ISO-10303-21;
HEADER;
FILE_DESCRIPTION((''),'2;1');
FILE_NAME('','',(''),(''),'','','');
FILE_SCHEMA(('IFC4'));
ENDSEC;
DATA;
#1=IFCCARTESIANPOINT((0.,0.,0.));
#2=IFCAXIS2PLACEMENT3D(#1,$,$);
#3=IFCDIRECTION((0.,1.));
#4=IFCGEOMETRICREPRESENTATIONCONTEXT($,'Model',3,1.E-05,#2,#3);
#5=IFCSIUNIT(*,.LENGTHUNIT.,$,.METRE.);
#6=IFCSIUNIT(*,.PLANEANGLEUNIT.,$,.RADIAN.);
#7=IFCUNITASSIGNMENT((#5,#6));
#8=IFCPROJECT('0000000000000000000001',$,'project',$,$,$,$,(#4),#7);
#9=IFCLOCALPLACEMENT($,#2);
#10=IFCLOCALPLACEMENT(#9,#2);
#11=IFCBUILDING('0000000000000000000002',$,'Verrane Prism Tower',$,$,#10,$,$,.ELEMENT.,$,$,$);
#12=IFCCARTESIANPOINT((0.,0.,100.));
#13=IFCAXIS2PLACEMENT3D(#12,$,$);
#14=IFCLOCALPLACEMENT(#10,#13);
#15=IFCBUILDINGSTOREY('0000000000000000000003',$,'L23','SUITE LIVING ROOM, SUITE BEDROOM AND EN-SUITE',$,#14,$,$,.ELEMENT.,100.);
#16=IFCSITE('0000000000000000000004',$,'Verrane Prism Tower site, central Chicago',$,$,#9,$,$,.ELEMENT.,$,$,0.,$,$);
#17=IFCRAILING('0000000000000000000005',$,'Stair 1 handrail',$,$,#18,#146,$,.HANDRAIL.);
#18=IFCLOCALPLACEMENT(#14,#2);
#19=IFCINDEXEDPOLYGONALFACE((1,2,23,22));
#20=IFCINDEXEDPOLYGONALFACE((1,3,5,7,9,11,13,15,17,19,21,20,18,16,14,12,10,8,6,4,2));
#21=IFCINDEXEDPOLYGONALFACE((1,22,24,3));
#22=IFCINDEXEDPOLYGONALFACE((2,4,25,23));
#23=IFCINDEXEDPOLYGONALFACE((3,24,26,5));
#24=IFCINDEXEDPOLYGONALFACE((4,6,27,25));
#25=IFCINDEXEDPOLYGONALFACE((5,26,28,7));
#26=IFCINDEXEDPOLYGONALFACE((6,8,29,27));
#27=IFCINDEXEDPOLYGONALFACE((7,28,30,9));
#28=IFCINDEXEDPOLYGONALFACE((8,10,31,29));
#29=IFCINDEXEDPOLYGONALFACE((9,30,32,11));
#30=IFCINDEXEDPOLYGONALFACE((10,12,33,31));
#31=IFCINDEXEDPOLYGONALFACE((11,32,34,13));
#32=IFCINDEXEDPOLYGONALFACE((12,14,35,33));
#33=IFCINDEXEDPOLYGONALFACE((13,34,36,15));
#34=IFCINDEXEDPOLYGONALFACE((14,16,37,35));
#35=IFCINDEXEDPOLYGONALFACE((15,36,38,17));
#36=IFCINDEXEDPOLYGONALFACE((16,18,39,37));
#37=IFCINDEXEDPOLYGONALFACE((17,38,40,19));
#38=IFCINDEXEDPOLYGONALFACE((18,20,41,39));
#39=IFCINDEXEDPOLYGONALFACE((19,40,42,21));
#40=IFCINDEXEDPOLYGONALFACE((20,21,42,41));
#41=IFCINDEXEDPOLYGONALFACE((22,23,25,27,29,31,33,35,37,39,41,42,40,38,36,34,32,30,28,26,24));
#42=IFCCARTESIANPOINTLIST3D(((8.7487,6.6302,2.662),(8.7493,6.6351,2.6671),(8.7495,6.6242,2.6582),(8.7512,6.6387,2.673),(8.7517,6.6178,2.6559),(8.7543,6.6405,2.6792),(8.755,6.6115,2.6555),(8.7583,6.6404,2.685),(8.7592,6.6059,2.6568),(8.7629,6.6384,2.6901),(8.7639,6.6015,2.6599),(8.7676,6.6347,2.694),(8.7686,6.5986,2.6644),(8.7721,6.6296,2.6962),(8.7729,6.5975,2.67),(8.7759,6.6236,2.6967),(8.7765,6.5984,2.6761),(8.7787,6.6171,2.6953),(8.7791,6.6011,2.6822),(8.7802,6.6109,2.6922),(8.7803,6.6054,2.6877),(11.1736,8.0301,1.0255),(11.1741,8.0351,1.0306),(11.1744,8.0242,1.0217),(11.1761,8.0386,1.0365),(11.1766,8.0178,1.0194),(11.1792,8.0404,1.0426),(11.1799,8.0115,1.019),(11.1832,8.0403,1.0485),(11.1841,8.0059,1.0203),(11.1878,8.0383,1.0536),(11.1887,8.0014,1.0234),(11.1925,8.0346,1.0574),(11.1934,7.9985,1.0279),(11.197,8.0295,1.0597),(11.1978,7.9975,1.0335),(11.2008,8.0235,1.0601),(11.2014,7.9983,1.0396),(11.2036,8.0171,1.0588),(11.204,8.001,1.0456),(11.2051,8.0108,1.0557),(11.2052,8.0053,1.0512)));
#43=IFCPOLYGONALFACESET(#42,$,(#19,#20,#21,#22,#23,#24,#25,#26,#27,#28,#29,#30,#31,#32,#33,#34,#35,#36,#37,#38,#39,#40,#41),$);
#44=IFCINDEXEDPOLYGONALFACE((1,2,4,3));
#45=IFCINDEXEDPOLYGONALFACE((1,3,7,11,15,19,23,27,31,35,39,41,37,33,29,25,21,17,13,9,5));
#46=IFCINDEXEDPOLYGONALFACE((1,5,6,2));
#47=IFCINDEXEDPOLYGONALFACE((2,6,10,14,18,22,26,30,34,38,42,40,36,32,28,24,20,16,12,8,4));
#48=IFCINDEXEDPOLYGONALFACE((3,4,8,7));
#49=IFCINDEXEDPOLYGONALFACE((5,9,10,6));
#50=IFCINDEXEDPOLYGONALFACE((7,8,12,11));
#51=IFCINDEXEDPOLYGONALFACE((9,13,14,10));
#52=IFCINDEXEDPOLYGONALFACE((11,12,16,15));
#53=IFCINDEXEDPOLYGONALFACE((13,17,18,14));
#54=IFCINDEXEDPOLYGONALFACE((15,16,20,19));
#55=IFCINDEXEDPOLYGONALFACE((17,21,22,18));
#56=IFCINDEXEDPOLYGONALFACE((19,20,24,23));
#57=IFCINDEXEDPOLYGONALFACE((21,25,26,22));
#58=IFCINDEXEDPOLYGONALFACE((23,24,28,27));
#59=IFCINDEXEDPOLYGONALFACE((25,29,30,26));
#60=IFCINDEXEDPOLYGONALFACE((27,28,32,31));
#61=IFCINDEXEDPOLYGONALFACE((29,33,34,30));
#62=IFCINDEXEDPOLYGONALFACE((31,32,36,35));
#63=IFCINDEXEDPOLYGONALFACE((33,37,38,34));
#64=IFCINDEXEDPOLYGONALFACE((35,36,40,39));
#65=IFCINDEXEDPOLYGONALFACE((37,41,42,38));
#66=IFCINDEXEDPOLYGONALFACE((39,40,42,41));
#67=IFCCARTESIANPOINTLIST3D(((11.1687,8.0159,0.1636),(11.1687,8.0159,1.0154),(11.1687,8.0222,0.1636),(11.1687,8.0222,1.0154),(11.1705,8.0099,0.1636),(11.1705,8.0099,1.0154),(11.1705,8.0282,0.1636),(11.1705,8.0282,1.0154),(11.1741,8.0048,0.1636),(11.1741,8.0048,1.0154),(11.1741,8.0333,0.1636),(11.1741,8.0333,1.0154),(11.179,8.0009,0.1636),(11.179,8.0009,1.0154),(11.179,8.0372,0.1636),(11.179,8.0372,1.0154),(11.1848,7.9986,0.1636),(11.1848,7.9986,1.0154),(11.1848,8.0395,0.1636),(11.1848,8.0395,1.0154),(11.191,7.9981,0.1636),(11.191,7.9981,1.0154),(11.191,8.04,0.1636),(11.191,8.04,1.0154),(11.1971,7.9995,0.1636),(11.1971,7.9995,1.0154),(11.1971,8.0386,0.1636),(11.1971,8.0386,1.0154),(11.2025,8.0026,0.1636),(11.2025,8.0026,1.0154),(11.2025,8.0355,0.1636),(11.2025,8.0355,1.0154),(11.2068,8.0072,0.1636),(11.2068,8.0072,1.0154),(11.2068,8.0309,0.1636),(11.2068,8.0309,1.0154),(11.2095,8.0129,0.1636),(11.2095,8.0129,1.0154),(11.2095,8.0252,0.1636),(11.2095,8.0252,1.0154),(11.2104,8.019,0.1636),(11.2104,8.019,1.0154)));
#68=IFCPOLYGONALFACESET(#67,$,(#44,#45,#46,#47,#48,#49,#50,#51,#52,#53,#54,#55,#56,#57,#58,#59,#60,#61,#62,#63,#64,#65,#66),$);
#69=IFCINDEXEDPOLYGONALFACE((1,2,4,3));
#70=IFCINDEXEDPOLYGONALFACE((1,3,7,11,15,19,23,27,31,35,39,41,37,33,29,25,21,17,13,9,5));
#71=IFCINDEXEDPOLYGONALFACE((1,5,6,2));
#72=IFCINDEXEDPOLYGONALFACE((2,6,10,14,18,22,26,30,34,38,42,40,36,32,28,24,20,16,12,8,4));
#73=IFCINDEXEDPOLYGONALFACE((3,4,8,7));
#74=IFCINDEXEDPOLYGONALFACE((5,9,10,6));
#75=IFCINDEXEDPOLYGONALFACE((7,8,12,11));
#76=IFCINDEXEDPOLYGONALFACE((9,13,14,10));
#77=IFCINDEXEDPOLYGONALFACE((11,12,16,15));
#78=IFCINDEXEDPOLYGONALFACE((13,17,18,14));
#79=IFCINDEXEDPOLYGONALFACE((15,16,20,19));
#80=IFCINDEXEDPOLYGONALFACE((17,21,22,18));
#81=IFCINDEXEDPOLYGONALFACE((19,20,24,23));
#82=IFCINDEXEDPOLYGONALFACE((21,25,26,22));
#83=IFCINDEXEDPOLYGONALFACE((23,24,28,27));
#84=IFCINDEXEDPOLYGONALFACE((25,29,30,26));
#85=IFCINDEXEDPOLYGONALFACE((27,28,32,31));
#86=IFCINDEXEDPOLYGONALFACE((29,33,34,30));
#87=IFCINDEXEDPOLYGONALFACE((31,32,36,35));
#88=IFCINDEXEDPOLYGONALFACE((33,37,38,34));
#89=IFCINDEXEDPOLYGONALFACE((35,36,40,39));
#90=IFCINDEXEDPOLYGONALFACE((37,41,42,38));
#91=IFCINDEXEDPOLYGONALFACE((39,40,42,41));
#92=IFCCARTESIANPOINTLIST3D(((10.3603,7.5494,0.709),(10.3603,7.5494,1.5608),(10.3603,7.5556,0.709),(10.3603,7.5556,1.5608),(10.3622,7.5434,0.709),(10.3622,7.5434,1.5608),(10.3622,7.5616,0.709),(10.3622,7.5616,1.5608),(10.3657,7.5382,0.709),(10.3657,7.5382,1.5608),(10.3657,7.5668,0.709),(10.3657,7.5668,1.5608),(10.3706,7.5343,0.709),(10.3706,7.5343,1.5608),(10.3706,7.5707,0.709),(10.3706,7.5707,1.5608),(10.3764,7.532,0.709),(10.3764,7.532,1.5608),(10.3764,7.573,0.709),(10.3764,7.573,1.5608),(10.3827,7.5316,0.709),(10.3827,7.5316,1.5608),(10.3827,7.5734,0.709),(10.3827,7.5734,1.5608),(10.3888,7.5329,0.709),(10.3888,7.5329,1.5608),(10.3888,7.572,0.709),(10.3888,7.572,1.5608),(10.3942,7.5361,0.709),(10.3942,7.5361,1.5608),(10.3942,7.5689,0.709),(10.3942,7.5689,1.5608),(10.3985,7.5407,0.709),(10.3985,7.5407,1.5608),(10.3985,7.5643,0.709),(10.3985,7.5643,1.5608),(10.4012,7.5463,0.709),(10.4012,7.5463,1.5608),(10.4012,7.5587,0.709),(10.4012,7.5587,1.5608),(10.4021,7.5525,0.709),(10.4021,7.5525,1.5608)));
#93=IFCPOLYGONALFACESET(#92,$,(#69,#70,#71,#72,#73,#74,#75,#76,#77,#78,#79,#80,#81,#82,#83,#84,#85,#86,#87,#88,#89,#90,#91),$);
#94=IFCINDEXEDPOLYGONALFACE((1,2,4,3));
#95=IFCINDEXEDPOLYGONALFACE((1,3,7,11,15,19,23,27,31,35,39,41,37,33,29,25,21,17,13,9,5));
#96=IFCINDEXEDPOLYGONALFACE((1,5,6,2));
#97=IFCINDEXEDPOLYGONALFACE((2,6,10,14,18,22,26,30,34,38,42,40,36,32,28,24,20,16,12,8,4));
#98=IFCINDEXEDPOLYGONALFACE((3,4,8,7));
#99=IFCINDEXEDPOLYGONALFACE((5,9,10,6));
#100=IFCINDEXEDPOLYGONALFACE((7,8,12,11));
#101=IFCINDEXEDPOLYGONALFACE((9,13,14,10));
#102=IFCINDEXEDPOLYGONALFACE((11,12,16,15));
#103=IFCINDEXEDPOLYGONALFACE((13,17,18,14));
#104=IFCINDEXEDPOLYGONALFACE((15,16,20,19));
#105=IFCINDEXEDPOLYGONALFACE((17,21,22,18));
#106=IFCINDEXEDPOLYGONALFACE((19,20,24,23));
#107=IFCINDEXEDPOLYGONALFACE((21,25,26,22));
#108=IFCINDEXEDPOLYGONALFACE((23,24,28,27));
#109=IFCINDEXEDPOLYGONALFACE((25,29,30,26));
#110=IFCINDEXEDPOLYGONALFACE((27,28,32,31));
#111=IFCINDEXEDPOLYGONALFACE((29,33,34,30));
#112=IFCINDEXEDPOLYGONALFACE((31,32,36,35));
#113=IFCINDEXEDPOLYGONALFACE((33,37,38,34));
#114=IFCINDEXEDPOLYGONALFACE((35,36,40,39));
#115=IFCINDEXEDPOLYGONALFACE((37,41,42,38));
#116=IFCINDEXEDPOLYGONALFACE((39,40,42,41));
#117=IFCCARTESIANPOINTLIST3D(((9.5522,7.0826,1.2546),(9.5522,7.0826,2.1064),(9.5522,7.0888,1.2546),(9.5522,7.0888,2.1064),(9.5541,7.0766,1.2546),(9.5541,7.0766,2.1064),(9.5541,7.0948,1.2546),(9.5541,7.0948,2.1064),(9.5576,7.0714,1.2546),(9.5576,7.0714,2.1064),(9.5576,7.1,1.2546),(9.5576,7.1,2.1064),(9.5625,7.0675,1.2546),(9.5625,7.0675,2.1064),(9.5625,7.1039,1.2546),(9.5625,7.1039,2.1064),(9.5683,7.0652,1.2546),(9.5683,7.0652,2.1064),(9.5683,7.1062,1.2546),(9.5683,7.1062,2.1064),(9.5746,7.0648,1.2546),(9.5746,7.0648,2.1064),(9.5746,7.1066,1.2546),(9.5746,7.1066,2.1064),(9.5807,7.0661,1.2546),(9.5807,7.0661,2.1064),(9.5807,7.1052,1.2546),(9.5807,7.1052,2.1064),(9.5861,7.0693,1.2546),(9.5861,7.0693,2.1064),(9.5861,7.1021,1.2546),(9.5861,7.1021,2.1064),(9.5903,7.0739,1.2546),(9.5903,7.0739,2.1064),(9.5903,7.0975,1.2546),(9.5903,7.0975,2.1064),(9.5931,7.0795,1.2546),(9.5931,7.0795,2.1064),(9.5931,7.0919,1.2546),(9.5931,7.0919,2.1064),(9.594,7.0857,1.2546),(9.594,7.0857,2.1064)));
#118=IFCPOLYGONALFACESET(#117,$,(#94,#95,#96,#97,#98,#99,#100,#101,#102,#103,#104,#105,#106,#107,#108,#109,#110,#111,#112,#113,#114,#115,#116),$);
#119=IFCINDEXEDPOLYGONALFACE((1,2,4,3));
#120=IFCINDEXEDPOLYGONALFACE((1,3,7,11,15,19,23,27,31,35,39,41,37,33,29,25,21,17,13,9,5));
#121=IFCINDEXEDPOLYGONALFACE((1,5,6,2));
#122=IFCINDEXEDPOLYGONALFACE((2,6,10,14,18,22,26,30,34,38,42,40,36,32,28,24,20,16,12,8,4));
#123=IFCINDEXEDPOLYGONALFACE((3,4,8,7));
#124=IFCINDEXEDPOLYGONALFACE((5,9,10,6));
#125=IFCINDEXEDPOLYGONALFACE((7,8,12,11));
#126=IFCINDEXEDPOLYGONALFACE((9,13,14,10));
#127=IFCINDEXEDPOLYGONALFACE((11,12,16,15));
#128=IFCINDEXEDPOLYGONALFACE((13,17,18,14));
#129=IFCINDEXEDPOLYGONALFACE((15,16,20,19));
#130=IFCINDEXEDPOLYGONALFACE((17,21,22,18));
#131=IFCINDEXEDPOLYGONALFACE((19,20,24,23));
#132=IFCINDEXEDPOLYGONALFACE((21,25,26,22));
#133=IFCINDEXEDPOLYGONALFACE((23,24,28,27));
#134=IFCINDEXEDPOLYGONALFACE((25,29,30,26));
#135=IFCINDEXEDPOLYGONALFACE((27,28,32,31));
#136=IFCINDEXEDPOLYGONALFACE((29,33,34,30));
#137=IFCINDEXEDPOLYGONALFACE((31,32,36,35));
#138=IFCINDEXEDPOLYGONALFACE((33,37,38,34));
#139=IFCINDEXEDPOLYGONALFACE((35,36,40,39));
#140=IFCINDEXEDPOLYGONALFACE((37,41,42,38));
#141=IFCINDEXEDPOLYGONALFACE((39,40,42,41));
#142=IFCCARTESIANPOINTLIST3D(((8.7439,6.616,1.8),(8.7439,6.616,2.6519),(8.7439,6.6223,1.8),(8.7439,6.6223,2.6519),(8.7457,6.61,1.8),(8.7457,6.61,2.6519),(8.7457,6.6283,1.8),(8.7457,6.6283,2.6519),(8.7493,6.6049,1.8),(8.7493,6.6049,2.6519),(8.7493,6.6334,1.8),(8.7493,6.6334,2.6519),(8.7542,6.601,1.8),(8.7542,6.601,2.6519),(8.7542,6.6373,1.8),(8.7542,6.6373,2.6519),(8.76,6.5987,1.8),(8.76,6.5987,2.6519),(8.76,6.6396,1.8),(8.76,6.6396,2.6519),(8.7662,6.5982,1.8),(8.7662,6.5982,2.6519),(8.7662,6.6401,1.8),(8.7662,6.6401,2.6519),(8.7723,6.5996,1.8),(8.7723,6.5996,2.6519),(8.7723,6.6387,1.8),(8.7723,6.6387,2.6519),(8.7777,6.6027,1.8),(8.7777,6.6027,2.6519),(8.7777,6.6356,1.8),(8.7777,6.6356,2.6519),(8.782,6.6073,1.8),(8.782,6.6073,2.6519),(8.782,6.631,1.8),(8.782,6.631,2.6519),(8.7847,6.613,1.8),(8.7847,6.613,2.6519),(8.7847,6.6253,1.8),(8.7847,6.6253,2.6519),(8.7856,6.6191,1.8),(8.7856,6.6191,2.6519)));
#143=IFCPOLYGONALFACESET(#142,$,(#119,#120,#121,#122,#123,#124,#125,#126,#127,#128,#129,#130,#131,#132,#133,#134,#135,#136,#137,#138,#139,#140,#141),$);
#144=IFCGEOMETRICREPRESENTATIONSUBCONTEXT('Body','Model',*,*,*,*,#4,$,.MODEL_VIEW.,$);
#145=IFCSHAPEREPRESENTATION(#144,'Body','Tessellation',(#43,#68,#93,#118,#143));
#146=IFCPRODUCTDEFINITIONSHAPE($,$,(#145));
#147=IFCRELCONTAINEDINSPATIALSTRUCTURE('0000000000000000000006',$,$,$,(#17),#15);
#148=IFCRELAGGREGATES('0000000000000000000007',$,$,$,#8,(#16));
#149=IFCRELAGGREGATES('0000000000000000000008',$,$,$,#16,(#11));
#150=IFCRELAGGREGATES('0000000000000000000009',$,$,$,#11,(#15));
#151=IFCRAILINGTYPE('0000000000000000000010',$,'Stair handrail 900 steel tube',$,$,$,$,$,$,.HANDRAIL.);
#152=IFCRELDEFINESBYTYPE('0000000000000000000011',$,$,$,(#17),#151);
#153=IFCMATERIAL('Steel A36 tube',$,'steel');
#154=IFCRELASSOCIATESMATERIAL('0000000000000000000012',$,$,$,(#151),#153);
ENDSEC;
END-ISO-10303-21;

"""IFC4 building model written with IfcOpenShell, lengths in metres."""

from ifc_helpers import new_model, si_unit, direction, frame, origin, origin_2d, place, context, subcontext, project, spatial, circle, extrude, material, type_object, element, save


model = new_model("IFC4")

# Units and contexts
model_context = context("Model", 3, precision=1e-05, world=origin(), true_north=direction((0.0, 1.0)))
body_context = subcontext(model_context, "Body", "Model", "MODEL_VIEW")
ifc_project = project(units=[si_unit("LENGTHUNIT", "METRE"), si_unit("PLANEANGLEUNIT", "RADIAN")], contexts=[model_context])

# Site, building, storey
site_placement = place(None, origin())
site = spatial("IfcSite", under=ifc_project, at=site_placement, Name="Verrane Prism Tower site, central Chicago", CompositionType="ELEMENT", RefElevation=0.0)
building_placement = place(site_placement, origin())
building = spatial("IfcBuilding", under=site, at=building_placement, Name="Verrane Prism Tower", CompositionType="ELEMENT")
storey_placement = place(building_placement, frame((0.0, 0.0, 100.0)))
storey = spatial("IfcBuildingStorey", under=building, at=storey_placement, Name="L23", Description="SUITE LIVING ROOM, SUITE BEDROOM AND EN-SUITE", CompositionType="ELEMENT", Elevation=100.0)

# Railing
ifc_material_1 = material(Name="Steel A36 tube", Category="steel")
railing_type_1 = type_object("IfcRailingType", Name="Stair handrail 900 steel tube", PredefinedType="HANDRAIL", material=ifc_material_1)
railing_1_placement = place(storey_placement, frame((11.1895, 8.019, 0.1636)))
element("IfcRailing", 1, at=railing_1_placement, inside=storey, type_object=railing_type_1, Name="Stair 1 handrail", PredefinedType="HANDRAIL", context=body_context, shape_type="SweptSolid", body=[
    extrude(circle(Radius=0.0239, at=origin_2d()), frame((0.0, 0.0, 0.876), z_axis=(-0.74769, -0.431661, 0.504608), x_axis=(0.499984, -0.866035, 0.0)), (0.0, 0.0, 1.0), 3.2432),
    extrude(circle(Radius=0.021, at=origin_2d()), origin(), (0.0, 0.0, 1.0), 0.8518),
    extrude(circle(Radius=0.021, at=origin_2d()), frame((-0.8083, -0.4666, 0.5454)), (0.0, 0.0, 1.0), 0.8518),
    extrude(circle(Radius=0.021, at=origin_2d()), frame((-1.6165, -0.9333, 1.0911)), (0.0, 0.0, 1.0), 0.8518),
    extrude(circle(Radius=0.021, at=origin_2d()), frame((-2.4248, -1.3999, 1.6365)), (0.0, 0.0, 1.0), 0.8518),
])

save(model, "model.ifc")
